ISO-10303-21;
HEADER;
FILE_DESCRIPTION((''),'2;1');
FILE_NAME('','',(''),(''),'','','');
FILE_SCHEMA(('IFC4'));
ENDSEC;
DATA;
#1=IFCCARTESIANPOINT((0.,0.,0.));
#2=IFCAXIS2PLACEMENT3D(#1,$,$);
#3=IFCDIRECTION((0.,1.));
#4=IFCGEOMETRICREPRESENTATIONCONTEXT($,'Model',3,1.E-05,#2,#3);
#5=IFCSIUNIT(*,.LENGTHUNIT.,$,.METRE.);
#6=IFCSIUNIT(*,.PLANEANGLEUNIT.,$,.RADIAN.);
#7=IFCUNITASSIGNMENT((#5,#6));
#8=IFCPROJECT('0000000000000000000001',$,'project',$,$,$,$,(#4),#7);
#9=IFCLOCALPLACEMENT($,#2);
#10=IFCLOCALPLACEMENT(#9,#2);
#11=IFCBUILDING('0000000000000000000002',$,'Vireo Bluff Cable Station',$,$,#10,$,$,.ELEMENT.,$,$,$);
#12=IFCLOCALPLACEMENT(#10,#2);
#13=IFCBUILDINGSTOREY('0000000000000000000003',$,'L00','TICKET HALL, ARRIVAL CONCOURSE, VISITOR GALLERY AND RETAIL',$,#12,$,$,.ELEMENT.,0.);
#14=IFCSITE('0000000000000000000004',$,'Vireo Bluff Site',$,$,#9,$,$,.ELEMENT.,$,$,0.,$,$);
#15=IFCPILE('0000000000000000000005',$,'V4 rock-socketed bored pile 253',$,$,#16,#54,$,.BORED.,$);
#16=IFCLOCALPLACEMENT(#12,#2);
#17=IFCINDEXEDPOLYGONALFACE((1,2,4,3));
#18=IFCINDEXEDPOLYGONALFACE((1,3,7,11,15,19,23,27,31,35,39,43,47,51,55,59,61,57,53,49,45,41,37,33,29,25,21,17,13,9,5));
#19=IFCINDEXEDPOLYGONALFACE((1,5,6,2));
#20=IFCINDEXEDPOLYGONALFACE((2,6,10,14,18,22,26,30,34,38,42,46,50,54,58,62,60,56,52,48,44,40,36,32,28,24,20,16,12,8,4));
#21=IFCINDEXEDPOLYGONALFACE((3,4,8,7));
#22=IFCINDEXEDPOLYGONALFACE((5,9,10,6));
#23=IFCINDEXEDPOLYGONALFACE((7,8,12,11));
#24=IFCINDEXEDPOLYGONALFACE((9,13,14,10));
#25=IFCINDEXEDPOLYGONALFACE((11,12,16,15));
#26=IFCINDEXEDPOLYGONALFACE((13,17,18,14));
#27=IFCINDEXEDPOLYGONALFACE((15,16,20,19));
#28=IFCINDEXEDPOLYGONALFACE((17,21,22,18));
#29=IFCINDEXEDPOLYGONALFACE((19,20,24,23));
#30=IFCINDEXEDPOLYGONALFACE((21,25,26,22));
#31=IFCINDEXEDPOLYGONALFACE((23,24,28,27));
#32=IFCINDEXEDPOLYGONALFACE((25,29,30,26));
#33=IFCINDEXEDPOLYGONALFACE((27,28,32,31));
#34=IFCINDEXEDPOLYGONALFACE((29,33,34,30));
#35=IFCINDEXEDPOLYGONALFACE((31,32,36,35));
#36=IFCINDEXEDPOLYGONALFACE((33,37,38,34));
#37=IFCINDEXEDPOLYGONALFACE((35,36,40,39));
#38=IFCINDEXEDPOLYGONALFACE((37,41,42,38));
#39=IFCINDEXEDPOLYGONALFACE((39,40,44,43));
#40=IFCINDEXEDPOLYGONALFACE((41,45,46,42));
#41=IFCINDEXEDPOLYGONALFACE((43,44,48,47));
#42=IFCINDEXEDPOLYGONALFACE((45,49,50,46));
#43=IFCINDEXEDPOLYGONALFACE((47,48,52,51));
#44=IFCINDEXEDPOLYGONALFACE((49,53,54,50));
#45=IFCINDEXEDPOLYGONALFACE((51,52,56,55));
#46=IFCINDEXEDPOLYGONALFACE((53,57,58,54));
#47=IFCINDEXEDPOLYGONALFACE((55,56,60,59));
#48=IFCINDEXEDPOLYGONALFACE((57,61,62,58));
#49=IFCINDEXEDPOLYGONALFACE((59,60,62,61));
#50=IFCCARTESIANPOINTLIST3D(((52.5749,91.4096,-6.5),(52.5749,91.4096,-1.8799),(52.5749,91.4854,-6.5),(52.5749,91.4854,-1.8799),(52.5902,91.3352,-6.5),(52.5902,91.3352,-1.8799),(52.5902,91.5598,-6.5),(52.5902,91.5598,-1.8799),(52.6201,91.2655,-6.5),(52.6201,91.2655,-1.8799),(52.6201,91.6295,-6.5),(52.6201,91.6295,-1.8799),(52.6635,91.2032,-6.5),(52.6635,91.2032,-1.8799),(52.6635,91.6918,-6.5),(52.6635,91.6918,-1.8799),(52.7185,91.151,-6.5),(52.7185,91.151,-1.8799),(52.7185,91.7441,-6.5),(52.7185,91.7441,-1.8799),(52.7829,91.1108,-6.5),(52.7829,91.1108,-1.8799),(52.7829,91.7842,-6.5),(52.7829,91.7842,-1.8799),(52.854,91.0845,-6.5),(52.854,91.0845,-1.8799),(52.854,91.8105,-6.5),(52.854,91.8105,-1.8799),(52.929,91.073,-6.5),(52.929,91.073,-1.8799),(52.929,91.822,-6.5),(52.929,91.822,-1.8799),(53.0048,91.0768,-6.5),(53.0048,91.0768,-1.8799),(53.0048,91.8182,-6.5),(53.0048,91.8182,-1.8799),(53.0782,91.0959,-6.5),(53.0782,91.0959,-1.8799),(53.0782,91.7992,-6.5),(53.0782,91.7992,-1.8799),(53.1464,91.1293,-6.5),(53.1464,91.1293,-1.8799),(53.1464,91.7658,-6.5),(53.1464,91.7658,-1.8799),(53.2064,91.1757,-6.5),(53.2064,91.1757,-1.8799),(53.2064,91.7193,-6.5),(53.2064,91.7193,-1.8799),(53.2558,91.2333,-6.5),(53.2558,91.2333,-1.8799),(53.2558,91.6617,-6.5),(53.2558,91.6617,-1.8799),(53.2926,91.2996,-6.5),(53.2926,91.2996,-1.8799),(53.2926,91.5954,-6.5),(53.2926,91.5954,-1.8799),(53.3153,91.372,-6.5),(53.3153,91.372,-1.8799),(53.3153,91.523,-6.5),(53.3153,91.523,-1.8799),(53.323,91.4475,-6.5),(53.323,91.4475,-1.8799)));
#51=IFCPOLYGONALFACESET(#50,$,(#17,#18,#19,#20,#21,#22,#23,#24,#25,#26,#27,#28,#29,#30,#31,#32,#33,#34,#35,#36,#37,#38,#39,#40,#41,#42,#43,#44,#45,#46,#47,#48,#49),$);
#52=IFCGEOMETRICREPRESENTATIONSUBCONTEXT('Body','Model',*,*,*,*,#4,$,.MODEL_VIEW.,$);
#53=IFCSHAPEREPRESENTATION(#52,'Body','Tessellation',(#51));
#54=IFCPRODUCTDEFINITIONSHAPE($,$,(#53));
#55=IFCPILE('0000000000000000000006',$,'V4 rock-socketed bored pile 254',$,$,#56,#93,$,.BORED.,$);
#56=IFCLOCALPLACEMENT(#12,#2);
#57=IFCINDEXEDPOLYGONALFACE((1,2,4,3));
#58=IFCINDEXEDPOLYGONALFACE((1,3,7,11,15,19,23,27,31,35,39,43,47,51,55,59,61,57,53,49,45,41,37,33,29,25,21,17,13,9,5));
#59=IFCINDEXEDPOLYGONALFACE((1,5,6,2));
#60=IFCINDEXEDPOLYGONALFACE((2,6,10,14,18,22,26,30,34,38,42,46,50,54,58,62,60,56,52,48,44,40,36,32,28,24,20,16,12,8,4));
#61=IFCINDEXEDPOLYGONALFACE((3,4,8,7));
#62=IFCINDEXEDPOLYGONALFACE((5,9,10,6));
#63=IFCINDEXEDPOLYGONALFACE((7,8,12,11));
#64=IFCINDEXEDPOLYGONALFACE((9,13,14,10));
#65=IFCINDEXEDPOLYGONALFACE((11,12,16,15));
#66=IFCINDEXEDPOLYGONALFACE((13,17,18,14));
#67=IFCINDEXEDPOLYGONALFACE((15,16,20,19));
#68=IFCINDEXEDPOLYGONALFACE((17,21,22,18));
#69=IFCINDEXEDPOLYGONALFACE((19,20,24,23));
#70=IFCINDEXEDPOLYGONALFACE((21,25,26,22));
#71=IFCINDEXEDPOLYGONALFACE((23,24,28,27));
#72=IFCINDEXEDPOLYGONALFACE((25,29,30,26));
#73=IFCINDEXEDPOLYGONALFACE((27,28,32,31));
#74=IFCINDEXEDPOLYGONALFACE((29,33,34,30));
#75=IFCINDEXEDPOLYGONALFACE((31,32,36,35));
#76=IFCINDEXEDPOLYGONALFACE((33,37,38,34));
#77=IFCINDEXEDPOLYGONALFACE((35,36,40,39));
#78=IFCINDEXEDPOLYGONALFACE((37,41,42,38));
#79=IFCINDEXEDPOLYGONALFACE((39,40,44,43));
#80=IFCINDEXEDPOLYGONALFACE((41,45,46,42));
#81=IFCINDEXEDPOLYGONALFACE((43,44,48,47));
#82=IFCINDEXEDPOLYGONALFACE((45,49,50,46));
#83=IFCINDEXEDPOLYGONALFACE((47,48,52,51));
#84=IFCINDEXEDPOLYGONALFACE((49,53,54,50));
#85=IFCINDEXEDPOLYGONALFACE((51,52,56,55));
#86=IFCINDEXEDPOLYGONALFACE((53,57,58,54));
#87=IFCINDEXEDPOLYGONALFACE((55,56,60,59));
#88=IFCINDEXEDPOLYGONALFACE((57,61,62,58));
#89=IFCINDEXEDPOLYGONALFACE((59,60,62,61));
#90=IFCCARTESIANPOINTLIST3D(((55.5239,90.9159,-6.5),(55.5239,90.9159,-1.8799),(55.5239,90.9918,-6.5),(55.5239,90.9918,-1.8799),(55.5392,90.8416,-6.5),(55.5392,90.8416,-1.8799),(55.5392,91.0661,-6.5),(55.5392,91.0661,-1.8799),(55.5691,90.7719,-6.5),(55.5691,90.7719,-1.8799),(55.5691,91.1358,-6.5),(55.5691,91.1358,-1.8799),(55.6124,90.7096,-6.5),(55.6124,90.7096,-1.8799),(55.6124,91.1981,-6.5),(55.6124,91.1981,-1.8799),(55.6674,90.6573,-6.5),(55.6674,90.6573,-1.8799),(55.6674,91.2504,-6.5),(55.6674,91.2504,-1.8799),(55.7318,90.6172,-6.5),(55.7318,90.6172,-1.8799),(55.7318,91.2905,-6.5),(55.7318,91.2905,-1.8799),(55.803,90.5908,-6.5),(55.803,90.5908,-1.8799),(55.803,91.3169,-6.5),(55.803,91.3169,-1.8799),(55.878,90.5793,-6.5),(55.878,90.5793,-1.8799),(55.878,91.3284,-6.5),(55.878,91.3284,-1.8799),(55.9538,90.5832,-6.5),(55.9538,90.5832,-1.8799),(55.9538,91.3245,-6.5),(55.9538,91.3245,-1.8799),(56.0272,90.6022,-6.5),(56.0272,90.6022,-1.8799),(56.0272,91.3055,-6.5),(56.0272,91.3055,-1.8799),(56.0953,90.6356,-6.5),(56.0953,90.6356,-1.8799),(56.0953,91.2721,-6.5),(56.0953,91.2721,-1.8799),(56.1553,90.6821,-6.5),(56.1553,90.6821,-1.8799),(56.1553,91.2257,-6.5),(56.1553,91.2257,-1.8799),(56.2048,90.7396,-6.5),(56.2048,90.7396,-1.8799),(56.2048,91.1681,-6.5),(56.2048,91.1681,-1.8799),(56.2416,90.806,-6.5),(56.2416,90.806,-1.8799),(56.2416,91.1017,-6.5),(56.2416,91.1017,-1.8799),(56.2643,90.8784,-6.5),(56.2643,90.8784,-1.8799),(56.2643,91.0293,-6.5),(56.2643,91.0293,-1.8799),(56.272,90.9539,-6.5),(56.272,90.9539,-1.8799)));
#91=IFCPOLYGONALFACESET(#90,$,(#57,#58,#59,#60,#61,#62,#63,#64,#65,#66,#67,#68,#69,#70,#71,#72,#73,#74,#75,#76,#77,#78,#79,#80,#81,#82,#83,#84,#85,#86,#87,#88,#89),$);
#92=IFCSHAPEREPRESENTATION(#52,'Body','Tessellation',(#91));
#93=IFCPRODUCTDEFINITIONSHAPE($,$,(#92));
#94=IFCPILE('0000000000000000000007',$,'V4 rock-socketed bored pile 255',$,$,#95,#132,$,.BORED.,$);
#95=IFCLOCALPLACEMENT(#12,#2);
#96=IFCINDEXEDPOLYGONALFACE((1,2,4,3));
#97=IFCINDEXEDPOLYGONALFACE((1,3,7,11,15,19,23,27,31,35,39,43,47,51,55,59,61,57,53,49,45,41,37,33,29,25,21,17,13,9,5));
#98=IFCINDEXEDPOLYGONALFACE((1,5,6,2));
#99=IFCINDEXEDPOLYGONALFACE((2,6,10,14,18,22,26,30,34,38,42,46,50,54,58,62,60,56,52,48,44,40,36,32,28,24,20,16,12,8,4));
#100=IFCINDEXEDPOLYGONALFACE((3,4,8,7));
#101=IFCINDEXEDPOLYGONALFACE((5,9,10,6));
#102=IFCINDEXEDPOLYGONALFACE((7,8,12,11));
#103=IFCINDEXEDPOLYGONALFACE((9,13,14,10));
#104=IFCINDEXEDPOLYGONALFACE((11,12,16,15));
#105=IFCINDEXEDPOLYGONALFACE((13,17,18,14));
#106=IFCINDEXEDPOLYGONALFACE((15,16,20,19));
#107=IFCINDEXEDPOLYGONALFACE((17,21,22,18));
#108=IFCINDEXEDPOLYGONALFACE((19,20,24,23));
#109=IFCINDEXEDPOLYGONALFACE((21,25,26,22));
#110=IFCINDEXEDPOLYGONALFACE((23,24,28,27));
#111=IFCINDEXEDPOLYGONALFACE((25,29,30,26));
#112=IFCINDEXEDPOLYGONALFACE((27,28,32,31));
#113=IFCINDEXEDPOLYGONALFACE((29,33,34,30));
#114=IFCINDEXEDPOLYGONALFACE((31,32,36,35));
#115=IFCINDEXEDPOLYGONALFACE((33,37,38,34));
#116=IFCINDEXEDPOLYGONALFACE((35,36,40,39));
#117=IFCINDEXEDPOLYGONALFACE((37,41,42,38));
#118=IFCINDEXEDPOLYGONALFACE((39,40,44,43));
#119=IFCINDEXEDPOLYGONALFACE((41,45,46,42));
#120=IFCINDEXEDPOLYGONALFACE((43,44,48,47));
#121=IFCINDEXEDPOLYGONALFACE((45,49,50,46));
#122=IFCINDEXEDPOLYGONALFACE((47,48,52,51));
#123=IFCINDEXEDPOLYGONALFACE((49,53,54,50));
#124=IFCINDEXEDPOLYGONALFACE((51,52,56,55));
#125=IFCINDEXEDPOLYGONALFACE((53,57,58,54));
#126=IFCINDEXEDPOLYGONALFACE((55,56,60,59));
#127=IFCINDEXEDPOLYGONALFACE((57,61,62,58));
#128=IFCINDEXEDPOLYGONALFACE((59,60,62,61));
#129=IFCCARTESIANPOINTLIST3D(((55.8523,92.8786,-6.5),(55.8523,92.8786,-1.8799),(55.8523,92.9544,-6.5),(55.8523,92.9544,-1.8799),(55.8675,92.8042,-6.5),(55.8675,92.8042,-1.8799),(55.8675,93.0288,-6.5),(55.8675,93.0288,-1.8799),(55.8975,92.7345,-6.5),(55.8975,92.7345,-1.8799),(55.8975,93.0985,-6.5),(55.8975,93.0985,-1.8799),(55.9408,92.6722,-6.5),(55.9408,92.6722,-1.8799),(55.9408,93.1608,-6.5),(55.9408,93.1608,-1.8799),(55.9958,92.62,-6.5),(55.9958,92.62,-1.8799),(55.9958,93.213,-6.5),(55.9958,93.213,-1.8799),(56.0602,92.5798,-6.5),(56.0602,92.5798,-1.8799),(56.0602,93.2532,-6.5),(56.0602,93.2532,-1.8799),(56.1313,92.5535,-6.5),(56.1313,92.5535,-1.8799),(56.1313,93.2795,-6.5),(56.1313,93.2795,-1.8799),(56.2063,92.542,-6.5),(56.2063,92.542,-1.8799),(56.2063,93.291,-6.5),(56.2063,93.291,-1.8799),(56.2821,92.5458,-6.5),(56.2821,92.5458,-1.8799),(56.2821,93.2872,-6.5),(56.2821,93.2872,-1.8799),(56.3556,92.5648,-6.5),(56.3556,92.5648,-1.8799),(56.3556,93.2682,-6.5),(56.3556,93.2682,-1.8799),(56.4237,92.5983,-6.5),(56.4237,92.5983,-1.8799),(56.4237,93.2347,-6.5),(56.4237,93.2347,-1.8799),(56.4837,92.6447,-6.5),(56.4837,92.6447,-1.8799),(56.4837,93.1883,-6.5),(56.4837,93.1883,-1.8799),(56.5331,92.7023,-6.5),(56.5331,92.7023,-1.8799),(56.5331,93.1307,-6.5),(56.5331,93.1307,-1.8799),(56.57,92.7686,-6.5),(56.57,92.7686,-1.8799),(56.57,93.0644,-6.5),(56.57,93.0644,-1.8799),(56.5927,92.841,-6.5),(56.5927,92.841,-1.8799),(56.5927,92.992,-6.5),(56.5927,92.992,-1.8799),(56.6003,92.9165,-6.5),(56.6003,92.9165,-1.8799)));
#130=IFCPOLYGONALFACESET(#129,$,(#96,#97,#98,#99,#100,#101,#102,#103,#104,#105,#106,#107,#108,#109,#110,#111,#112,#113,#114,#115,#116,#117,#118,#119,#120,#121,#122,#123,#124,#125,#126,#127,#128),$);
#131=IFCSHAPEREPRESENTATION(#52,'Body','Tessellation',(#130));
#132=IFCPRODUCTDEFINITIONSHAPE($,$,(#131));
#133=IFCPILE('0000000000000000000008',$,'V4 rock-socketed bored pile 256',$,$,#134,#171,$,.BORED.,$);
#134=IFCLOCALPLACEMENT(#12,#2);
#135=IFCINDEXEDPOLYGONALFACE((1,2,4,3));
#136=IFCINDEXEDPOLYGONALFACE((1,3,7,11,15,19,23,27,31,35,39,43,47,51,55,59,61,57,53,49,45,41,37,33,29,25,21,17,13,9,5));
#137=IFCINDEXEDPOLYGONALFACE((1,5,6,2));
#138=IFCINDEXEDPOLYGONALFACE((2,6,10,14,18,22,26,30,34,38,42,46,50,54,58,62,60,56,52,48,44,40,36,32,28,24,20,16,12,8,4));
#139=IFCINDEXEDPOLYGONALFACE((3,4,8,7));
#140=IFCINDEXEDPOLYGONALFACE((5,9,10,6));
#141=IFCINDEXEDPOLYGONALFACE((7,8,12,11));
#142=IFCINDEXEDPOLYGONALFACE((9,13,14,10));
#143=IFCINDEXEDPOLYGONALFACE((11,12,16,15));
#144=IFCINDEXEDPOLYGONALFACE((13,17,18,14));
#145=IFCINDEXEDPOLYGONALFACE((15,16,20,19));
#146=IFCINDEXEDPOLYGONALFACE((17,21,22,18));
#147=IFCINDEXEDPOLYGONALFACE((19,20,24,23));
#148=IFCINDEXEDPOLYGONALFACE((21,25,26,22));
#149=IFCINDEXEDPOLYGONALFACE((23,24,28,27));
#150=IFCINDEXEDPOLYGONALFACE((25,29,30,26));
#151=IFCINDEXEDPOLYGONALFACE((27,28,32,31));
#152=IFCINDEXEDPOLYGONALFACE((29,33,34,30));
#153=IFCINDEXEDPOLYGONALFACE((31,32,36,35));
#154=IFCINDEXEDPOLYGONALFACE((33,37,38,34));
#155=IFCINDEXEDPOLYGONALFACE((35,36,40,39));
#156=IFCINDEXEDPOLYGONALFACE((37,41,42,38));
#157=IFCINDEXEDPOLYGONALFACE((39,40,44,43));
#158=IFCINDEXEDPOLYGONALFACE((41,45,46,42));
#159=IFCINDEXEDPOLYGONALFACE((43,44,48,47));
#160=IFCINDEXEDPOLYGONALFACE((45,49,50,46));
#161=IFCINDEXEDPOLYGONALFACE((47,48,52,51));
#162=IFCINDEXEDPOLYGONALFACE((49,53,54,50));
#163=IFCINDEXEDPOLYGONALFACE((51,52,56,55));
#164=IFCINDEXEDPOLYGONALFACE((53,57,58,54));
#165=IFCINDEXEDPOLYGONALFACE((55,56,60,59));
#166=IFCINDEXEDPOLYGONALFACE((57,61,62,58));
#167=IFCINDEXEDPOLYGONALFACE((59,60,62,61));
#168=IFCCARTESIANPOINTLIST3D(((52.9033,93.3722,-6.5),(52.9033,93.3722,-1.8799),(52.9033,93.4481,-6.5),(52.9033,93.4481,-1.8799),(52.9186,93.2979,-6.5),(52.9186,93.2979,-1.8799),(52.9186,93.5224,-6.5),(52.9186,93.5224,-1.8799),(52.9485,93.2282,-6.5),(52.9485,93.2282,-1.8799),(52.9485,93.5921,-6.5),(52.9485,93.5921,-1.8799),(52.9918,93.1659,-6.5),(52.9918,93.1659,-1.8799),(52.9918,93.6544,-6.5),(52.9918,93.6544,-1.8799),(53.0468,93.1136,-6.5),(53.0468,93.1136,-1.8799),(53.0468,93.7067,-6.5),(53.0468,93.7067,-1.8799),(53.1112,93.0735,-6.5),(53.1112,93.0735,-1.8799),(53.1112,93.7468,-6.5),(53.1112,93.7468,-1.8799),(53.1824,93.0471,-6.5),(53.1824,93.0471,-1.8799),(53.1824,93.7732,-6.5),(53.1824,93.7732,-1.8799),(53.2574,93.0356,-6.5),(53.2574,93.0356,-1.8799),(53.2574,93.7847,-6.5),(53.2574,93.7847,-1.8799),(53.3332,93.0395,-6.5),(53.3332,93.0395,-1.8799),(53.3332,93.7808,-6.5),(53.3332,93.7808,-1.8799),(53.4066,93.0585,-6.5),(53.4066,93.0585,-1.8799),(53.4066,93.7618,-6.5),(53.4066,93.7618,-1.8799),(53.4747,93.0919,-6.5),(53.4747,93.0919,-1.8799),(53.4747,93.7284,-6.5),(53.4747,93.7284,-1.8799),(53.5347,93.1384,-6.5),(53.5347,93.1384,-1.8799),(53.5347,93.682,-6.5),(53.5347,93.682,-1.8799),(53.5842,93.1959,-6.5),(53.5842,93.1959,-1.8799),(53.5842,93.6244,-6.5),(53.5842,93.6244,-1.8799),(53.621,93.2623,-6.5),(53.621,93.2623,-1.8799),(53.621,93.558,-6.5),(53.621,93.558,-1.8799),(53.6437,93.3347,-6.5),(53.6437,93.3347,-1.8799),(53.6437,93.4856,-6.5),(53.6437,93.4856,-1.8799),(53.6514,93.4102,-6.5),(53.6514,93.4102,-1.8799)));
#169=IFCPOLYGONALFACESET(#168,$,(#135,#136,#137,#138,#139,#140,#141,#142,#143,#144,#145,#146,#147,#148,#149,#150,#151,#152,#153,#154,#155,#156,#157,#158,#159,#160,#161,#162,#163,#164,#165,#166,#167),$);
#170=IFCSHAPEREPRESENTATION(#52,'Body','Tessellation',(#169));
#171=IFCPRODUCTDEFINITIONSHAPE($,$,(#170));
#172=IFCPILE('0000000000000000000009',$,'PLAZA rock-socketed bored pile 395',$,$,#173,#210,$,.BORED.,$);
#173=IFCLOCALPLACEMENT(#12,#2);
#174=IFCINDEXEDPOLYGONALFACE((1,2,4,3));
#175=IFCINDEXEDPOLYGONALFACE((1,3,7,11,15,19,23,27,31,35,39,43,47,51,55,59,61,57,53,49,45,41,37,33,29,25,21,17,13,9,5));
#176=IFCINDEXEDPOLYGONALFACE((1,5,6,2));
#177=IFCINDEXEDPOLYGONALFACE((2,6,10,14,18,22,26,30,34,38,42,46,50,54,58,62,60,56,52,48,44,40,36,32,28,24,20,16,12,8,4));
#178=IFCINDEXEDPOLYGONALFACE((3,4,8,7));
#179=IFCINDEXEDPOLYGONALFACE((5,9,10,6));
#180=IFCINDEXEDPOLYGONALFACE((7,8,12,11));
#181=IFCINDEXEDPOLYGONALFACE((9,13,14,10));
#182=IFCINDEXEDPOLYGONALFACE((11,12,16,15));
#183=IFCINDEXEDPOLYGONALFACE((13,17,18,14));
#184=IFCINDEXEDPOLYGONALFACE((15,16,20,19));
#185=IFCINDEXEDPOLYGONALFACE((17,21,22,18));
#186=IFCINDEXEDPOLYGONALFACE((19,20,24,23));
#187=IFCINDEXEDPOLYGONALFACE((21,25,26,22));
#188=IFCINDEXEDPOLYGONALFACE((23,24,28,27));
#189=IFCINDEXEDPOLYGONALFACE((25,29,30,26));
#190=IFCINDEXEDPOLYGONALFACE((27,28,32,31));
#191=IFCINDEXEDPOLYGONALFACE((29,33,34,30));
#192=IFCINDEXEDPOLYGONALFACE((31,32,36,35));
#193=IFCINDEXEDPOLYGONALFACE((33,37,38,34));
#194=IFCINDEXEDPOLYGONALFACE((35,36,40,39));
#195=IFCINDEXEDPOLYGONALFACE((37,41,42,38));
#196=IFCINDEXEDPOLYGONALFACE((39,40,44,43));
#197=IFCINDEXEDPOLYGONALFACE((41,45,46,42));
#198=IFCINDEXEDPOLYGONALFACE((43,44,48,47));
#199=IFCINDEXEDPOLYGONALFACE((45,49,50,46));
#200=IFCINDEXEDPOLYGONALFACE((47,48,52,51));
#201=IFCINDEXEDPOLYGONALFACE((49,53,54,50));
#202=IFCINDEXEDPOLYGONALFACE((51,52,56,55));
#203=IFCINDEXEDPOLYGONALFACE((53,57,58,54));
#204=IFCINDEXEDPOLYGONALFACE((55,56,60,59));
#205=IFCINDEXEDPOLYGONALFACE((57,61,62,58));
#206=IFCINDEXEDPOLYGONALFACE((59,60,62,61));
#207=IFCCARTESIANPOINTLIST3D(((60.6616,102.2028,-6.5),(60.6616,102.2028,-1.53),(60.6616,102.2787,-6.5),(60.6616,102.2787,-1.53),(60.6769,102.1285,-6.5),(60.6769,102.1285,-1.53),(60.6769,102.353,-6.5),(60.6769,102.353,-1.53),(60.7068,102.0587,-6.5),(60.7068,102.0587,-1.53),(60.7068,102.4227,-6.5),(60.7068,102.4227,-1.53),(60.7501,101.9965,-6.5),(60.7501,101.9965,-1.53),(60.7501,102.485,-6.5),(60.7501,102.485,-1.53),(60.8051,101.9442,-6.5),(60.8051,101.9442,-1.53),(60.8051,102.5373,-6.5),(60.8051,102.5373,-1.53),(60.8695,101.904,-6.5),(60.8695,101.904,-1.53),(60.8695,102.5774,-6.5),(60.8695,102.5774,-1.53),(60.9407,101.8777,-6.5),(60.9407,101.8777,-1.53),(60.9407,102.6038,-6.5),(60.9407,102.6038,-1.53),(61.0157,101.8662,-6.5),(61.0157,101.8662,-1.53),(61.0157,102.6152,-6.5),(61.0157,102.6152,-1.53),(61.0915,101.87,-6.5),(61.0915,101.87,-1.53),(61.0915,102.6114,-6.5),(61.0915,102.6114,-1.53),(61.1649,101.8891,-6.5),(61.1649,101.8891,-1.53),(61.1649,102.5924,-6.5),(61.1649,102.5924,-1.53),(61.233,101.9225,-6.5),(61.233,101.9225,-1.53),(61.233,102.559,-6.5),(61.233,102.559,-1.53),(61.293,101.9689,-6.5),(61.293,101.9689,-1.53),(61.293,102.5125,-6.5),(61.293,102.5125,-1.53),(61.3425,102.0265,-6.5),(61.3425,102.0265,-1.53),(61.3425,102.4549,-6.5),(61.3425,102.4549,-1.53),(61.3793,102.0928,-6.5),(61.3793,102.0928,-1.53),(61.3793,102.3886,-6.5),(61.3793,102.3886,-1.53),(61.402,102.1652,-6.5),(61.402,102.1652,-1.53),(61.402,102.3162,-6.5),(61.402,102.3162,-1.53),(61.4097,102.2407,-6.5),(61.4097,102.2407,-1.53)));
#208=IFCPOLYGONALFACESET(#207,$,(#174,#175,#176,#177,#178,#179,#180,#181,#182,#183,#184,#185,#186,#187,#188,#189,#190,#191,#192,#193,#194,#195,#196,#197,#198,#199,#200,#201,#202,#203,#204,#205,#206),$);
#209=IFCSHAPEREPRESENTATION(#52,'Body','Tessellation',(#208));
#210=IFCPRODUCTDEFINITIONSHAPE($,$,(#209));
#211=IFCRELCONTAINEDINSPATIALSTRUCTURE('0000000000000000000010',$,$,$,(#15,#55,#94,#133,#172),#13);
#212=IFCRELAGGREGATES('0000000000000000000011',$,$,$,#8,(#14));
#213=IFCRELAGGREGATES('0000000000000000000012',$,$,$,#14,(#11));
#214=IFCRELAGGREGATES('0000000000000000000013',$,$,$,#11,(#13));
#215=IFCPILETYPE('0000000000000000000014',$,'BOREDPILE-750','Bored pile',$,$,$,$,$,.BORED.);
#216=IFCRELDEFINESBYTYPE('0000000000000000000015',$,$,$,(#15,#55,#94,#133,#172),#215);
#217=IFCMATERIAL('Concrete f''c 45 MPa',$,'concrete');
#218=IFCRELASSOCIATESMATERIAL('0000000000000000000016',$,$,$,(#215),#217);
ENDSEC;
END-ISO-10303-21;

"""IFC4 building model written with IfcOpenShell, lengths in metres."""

from ifc_helpers import new_model, si_unit, direction, frame, origin, origin_2d, place, context, subcontext, project, spatial, circle, extrude, material, material_profile, profile_set, type_object, element, save


model = new_model("IFC4")

# Units and contexts
model_context = context("Model", 3, precision=1e-05, world=origin(), true_north=direction((0.0, 1.0)))
body_context = subcontext(model_context, "Body", "Model", "MODEL_VIEW")
ifc_project = project(units=[si_unit("LENGTHUNIT", "METRE"), si_unit("PLANEANGLEUNIT", "RADIAN")], contexts=[model_context])

# Site, building, storey
site_placement = place(None, origin())
site = spatial("IfcSite", under=ifc_project, at=site_placement, Name="Vireo Bluff Site", CompositionType="ELEMENT", RefElevation=0.0)
building_placement = place(site_placement, origin())
building = spatial("IfcBuilding", under=site, at=building_placement, Name="Vireo Bluff Cable Station", CompositionType="ELEMENT")
storey_placement = place(building_placement, origin())
storey = spatial("IfcBuildingStorey", under=building, at=storey_placement, Name="L00", Description="TICKET HALL, ARRIVAL CONCOURSE, VISITOR GALLERY AND RETAIL", CompositionType="ELEMENT", Elevation=0.0)

# Piles
ifc_material_1 = material(Name="Concrete f'c 45 MPa", Category="concrete")
ifc_material_profile_1 = material_profile(ifc_material_1, circle(Radius=0.375, at=origin_2d()), Name="BOREDPILE-750")
ifc_profile_set_1 = profile_set([ifc_material_profile_1], Name="Concrete f'c 45 MPa")
pile_type_1 = type_object("IfcPileType", Name="BOREDPILE-750", Description="Bored pile", PredefinedType="BORED", material=ifc_profile_set_1)
for number, where, z_axis, x_axis, name in (
    (1, (52.948, 91.4475, -1.8799), (0.0, 0.0, -1.0), (1.0, 0.0, 0.0), "V4 rock-socketed bored pile 253"),
    (2, (55.897, 90.9539, -1.8799), (0.0, 0.0, -1.0), (1.0, 0.0, 0.0), "V4 rock-socketed bored pile 254"),
    (3, (56.2253, 92.9165, -1.8799), (0.0, 0.0, -1.0), (1.0, 0.0, 0.0), "V4 rock-socketed bored pile 255"),
    (4, (53.2764, 93.4102, -1.8799), (0.0, 0.0, -1.0), (1.0, 0.0, 0.0), "V4 rock-socketed bored pile 256"),
):
    element("IfcPile", number, at=place(storey_placement, frame(where, z_axis=z_axis, x_axis=x_axis)), inside=storey, type_object=pile_type_1, Name=name, PredefinedType="BORED", context=body_context, shape_type="SweptSolid", body=[
        extrude(circle(Radius=0.375, at=origin_2d()), origin(), (0.0, 0.0, 1.0), 4.6201),
    ])
for number, where, z_axis, x_axis, name in (
    (5, (61.0347, 102.2407, -1.53), (0.0, 0.0, -1.0), (1.0, 0.0, 0.0), "PLAZA rock-socketed bored pile 395"),
):
    element("IfcPile", number, at=place(storey_placement, frame(where, z_axis=z_axis, x_axis=x_axis)), inside=storey, type_object=pile_type_1, Name=name, PredefinedType="BORED", context=body_context, shape_type="SweptSolid", body=[
        extrude(circle(Radius=0.375, at=origin_2d()), origin(), (0.0, 0.0, 1.0), 4.97),
    ])

save(model, "model.ifc")
